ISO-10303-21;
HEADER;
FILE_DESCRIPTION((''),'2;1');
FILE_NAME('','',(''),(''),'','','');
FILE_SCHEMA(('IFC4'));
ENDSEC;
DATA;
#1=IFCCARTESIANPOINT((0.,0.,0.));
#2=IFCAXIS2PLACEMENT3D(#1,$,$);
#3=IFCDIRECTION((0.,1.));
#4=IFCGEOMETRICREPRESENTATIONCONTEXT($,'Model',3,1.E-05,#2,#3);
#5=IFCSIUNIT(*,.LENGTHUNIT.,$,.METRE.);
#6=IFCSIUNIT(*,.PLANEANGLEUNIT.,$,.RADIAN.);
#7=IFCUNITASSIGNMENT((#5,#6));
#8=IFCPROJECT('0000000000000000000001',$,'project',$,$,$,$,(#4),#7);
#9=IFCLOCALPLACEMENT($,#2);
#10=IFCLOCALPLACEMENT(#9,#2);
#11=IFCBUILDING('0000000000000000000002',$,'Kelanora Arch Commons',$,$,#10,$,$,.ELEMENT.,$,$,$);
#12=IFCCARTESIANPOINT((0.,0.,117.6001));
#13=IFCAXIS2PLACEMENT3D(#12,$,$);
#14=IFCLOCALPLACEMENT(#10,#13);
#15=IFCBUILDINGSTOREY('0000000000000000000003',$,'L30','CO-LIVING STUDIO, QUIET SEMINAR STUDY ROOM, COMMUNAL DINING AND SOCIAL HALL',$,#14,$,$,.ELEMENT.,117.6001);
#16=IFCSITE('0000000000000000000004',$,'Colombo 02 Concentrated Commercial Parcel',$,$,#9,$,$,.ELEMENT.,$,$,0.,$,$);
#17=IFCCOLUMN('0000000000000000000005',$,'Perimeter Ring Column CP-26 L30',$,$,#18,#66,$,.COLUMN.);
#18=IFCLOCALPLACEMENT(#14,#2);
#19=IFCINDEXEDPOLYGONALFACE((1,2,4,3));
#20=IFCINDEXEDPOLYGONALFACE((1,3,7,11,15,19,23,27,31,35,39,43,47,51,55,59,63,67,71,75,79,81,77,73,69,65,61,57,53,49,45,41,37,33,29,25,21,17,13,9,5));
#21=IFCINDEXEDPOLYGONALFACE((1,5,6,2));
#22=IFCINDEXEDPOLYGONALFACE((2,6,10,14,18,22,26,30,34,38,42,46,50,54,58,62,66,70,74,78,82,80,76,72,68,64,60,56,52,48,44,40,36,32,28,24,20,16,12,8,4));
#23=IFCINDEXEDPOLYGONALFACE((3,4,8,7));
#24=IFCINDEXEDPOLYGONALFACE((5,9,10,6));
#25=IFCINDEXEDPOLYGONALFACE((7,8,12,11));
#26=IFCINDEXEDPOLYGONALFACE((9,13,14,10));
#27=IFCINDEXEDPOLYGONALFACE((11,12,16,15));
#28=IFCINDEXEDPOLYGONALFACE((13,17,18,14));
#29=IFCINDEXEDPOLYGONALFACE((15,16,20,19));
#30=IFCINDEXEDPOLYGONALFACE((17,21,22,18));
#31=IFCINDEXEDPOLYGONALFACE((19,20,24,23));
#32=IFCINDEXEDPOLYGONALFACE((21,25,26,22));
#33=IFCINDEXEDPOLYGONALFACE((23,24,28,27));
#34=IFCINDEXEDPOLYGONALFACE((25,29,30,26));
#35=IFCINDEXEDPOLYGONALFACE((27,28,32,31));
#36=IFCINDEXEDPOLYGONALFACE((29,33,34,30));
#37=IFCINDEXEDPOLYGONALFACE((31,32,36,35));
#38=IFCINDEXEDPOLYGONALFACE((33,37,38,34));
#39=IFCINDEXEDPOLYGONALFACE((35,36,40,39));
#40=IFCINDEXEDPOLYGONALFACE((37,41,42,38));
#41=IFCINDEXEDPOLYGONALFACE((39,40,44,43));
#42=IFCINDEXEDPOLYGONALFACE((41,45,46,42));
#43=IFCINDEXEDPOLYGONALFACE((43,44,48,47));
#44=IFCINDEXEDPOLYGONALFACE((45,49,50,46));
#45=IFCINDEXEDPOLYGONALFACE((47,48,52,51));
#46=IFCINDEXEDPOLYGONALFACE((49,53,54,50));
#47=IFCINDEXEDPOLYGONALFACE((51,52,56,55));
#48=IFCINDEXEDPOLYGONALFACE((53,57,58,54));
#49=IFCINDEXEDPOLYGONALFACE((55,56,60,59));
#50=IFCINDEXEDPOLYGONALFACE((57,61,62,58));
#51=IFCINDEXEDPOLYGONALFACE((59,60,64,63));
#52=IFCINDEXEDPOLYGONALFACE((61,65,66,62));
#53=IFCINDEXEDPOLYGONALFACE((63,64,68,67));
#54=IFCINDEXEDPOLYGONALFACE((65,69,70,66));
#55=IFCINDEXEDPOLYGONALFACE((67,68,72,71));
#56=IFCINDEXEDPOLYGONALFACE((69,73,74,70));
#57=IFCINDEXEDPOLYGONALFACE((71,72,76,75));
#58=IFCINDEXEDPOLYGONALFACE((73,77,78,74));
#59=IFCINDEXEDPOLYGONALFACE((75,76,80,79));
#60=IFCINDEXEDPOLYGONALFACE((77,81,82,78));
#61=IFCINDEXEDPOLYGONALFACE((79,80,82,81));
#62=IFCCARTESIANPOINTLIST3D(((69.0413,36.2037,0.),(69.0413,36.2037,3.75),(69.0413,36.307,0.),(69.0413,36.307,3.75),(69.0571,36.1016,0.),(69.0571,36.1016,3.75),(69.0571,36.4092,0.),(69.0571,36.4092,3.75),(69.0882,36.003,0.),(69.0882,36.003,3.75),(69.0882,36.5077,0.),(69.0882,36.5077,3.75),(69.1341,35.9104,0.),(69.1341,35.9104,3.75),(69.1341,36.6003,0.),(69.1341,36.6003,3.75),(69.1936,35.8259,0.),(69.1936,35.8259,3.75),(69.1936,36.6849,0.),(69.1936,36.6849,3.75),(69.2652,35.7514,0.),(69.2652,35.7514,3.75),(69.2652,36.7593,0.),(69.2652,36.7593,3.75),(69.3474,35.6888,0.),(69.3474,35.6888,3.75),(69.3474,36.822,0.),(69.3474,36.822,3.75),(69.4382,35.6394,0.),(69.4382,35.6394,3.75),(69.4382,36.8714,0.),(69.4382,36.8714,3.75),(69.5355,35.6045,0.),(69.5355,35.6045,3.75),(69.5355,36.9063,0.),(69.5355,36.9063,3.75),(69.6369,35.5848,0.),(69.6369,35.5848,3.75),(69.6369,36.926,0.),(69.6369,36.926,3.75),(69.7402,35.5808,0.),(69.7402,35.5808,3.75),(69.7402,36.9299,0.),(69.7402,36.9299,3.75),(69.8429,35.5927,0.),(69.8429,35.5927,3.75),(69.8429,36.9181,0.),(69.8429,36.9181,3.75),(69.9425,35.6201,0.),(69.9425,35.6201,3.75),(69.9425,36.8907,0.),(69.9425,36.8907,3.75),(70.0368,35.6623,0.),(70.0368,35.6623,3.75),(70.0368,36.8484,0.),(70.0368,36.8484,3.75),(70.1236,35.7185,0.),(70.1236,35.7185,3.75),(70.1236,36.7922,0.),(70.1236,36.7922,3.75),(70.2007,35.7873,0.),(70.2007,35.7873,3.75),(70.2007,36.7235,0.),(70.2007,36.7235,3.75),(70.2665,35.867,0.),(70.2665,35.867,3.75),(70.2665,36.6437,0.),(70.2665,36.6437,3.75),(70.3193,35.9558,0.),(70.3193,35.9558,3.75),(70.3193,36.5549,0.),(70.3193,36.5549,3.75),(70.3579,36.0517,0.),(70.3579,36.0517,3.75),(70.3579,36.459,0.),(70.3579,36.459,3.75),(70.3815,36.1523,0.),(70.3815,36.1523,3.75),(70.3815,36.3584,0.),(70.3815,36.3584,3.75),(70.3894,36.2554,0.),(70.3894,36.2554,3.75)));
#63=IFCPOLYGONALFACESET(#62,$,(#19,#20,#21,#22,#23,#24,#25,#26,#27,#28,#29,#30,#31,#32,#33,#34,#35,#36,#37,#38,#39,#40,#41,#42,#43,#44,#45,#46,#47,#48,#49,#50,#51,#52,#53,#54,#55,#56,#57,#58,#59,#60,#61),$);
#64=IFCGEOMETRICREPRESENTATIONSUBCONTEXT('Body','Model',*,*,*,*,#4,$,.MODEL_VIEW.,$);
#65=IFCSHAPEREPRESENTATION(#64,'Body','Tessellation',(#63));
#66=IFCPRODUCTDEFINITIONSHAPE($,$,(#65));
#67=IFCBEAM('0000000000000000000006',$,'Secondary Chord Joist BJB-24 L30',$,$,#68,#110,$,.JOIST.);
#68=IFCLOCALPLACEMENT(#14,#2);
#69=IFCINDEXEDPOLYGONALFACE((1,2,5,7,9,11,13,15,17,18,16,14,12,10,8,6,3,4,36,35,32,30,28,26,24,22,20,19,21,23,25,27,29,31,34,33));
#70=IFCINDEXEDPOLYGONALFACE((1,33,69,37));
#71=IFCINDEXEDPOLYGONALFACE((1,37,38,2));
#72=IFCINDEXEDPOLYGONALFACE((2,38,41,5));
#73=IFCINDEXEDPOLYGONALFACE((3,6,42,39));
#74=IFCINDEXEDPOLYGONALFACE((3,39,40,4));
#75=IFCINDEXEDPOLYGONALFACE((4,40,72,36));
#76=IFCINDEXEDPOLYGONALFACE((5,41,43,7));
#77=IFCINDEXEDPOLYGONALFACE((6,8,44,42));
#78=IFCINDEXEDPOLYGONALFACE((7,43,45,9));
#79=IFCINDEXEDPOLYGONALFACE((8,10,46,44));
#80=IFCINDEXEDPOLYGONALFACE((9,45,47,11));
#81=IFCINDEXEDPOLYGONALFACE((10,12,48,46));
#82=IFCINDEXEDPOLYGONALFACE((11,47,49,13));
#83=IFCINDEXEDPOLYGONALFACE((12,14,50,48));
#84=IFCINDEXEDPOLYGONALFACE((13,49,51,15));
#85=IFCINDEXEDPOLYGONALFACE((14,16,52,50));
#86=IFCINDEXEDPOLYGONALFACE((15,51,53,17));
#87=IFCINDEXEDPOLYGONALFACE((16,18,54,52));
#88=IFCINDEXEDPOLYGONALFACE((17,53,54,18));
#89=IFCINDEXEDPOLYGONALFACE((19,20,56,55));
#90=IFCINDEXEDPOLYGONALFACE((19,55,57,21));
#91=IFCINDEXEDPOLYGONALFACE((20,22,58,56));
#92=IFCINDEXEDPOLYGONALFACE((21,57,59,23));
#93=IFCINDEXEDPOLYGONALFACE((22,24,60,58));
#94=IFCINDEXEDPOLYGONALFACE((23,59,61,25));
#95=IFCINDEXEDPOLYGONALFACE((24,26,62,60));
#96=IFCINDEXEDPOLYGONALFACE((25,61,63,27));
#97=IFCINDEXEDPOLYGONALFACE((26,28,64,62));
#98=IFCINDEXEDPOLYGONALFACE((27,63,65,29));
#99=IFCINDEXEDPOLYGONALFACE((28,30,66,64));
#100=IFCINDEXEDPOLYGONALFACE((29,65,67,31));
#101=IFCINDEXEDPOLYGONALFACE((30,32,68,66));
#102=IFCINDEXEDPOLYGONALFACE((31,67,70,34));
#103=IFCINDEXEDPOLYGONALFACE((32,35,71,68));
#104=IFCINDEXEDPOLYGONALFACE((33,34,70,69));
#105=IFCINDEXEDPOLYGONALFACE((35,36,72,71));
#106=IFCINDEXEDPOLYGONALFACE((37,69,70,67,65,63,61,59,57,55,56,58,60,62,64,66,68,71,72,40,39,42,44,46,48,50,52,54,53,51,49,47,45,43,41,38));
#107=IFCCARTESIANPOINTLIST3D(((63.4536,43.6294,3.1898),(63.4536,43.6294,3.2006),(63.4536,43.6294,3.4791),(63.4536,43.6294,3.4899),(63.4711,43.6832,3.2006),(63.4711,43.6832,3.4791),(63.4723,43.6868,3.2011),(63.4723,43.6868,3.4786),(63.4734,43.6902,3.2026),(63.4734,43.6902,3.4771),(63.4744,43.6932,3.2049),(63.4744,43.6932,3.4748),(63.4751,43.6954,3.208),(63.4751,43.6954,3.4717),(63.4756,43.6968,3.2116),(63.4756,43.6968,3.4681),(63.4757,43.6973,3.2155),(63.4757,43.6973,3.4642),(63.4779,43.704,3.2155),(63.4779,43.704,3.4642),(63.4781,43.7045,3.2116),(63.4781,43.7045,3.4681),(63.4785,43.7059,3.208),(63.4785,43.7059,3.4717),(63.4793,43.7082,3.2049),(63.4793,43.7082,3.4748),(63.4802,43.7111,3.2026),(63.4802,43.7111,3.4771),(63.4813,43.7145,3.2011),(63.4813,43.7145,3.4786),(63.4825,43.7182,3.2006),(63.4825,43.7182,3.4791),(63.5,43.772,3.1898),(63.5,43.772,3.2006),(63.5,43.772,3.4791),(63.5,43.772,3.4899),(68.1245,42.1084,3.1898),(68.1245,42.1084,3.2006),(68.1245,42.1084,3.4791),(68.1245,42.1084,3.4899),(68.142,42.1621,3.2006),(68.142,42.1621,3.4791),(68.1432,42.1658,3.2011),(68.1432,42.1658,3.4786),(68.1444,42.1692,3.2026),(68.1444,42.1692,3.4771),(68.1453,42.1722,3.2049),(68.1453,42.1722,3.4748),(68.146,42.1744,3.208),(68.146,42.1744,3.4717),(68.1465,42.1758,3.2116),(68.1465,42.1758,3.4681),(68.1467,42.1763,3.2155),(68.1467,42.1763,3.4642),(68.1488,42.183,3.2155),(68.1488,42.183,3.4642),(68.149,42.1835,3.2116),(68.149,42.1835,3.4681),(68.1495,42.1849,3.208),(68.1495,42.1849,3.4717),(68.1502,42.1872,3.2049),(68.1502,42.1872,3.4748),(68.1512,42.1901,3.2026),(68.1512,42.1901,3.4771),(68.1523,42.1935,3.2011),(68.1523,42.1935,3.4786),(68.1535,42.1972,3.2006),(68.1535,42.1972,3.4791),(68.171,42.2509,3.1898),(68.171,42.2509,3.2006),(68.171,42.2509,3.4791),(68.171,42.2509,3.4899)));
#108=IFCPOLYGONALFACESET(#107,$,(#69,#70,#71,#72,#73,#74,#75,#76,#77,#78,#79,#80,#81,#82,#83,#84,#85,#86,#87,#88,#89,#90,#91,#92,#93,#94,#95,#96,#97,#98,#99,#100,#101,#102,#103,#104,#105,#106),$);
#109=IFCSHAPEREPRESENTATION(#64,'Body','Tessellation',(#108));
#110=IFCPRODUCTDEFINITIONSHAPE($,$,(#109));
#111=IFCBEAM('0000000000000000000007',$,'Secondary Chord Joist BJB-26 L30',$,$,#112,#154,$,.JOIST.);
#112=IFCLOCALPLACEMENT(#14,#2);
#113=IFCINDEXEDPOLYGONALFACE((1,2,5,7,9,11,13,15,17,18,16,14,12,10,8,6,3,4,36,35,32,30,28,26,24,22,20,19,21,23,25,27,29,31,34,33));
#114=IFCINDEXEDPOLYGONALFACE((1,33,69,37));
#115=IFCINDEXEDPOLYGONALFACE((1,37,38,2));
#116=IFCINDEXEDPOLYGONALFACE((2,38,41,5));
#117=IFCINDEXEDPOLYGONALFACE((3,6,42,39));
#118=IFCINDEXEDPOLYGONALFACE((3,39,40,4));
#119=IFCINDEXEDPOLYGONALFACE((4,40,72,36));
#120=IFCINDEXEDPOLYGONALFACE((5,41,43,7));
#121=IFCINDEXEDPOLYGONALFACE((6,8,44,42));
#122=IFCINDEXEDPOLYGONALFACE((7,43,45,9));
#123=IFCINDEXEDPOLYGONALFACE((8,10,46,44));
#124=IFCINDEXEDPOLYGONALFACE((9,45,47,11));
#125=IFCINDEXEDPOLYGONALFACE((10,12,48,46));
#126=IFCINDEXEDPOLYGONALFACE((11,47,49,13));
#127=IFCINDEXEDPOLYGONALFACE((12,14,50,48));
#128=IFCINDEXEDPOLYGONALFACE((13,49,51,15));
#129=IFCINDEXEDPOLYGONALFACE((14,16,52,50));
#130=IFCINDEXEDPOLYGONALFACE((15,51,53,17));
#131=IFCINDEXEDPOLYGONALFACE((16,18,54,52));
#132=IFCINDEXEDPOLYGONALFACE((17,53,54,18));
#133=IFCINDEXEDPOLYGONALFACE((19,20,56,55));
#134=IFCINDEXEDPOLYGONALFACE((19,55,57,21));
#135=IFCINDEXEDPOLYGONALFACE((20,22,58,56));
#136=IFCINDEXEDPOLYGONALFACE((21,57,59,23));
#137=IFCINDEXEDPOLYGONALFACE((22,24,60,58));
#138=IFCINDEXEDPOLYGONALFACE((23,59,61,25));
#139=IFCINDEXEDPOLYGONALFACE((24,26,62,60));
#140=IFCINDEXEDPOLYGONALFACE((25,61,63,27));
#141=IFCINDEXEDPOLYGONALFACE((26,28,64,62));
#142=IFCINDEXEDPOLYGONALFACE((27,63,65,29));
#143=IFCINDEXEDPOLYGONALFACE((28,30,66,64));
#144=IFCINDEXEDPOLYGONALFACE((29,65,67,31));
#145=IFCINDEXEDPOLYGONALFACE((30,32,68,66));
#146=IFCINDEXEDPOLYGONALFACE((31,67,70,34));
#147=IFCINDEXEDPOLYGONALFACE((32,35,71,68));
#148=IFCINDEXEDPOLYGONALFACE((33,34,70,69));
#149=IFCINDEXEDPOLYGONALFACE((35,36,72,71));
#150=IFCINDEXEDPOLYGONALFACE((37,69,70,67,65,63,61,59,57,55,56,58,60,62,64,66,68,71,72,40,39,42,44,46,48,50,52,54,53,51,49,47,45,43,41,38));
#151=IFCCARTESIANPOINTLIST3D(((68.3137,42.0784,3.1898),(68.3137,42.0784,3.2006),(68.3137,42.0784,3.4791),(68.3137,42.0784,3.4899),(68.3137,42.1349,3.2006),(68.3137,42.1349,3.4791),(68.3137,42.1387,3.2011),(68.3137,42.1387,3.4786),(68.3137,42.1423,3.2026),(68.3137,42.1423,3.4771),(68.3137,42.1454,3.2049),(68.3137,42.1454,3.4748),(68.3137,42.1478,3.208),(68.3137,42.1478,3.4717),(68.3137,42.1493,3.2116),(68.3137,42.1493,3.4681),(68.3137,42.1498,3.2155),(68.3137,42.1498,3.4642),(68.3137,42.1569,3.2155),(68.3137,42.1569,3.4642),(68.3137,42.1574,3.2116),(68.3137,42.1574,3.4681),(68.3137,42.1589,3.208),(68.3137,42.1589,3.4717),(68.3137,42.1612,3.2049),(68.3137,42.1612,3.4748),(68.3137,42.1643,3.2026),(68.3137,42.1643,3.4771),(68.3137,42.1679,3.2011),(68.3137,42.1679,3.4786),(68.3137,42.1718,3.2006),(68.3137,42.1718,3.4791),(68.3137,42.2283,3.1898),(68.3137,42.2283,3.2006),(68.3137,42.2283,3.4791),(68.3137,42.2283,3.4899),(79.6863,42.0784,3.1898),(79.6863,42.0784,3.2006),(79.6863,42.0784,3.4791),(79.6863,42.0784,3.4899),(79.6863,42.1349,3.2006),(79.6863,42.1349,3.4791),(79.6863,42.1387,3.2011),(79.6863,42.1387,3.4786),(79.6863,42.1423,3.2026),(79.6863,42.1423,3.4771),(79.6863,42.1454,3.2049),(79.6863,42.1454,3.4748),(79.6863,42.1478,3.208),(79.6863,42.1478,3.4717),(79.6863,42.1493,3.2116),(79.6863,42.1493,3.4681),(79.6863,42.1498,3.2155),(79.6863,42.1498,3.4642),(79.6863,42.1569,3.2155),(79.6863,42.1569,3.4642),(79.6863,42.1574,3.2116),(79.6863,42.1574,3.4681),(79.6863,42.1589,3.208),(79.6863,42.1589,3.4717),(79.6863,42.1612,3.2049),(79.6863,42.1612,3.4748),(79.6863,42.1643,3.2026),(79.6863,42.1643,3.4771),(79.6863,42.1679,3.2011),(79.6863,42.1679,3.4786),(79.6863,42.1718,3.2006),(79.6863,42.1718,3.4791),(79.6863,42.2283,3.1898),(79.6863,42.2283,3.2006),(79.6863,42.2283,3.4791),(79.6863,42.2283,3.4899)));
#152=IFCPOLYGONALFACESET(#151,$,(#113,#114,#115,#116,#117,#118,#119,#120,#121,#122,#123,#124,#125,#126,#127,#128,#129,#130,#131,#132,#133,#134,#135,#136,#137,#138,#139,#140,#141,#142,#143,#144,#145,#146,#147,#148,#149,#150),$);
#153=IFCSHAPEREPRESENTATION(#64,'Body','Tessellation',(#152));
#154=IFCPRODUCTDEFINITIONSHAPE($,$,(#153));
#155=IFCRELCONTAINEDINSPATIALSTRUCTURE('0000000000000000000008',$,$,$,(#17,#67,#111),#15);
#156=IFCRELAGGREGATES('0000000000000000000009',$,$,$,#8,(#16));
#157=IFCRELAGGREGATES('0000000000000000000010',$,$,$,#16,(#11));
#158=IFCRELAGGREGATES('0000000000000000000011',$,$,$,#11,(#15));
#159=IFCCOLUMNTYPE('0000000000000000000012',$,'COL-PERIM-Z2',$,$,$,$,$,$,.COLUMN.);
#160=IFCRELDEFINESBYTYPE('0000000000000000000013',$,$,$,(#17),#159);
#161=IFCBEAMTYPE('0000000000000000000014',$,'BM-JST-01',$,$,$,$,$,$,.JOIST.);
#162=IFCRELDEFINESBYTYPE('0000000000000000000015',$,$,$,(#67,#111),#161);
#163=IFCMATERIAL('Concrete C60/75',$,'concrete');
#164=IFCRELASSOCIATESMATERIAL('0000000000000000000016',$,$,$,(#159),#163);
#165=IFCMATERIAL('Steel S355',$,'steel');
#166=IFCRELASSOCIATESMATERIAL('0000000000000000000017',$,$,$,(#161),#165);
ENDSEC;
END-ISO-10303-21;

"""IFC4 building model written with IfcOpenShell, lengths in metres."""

from ifc_helpers import new_model, si_unit, direction, frame, origin, origin_2d, place, context, subcontext, project, spatial, circle, i_section, extrude, material, material_profile, profile_set, type_object, element, save


model = new_model("IFC4")

# Units and contexts
model_context = context("Model", 3, precision=1e-05, world=origin(), true_north=direction((0.0, 1.0)))
body_context = subcontext(model_context, "Body", "Model", "MODEL_VIEW")
ifc_project = project(units=[si_unit("LENGTHUNIT", "METRE"), si_unit("PLANEANGLEUNIT", "RADIAN")], contexts=[model_context])

# Site, building, storey
site_placement = place(None, origin())
site = spatial("IfcSite", under=ifc_project, at=site_placement, Name="Colombo 02 Concentrated Commercial Parcel", CompositionType="ELEMENT", RefElevation=0.0)
building_placement = place(site_placement, origin())
building = spatial("IfcBuilding", under=site, at=building_placement, Name="Kelanora Arch Commons", CompositionType="ELEMENT")
storey_placement = place(building_placement, frame((0.0, 0.0, 117.6001)))
storey = spatial("IfcBuildingStorey", under=building, at=storey_placement, Name="L30", Description="CO-LIVING STUDIO, QUIET SEMINAR STUDY ROOM, COMMUNAL DINING AND SOCIAL HALL", CompositionType="ELEMENT", Elevation=117.6001)

# Column
ifc_material_1 = material(Name="Concrete C60/75", Category="concrete")
ifc_material_profile_1 = material_profile(ifc_material_1, circle(Radius=0.675, at=origin_2d()), Name="RCC1350")
ifc_profile_set_1 = profile_set([ifc_material_profile_1], Name="Concrete C60/75")
column_type = type_object("IfcColumnType", Name="COL-PERIM-Z2", PredefinedType="COLUMN", material=ifc_profile_set_1)
column_placement = place(storey_placement, frame((69.7144, 36.2554, 0.0), z_axis=(0.0, 0.0, 1.0), x_axis=(1.0, 0.0, 0.0)))
element("IfcColumn", 1, at=column_placement, inside=storey, type_object=column_type, Name="Perimeter Ring Column CP-26 L30", PredefinedType="COLUMN", context=body_context, shape_type="SweptSolid", body=[
    extrude(circle(Radius=0.675, at=origin_2d()), origin(), (0.0, 0.0, 1.0), 3.75),
])

# Beams
ifc_material_2 = material(Name="Steel S355", Category="steel")
ifc_material_profile_2 = material_profile(ifc_material_2, i_section(OverallWidth=0.1499, OverallDepth=0.3, WebThickness=0.0071, FlangeThickness=0.0107, FilletRadius=0.0149, at=origin_2d()), Name="IPE300")
ifc_profile_set_2 = profile_set([ifc_material_profile_2], Name="Steel S355")
beam_type_1 = type_object("IfcBeamType", Name="BM-JST-01", PredefinedType="JOIST", material=ifc_profile_set_2)
beam_1_placement = place(storey_placement, frame((63.4768, 43.7007, 3.3398), z_axis=(0.950857, -0.30963, 0.0), x_axis=(0.30963, 0.950857, 0.0)))
element("IfcBeam", 2, at=beam_1_placement, inside=storey, type_object=beam_type_1, Name="Secondary Chord Joist BJB-24 L30", PredefinedType="JOIST", context=body_context, shape_type="SweptSolid", body=[
    extrude(i_section(OverallWidth=0.1499, OverallDepth=0.3, WebThickness=0.0071, FlangeThickness=0.0107, FilletRadius=0.0149, at=origin_2d()), origin(), (0.0, 0.0, 1.0), 4.9124),
])
beam_2_placement = place(storey_placement, frame((68.3137, 42.1533, 3.3398), z_axis=(1.0, 0.0, 0.0), x_axis=(0.0, 1.0, 0.0)))
element("IfcBeam", 3, at=beam_2_placement, inside=storey, type_object=beam_type_1, Name="Secondary Chord Joist BJB-26 L30", PredefinedType="JOIST", context=body_context, shape_type="SweptSolid", body=[
    extrude(i_section(OverallWidth=0.1499, OverallDepth=0.3, WebThickness=0.0071, FlangeThickness=0.0107, FilletRadius=0.0149, at=origin_2d()), origin(), (0.0, 0.0, 1.0), 11.3726),
])

save(model, "model.ifc")
